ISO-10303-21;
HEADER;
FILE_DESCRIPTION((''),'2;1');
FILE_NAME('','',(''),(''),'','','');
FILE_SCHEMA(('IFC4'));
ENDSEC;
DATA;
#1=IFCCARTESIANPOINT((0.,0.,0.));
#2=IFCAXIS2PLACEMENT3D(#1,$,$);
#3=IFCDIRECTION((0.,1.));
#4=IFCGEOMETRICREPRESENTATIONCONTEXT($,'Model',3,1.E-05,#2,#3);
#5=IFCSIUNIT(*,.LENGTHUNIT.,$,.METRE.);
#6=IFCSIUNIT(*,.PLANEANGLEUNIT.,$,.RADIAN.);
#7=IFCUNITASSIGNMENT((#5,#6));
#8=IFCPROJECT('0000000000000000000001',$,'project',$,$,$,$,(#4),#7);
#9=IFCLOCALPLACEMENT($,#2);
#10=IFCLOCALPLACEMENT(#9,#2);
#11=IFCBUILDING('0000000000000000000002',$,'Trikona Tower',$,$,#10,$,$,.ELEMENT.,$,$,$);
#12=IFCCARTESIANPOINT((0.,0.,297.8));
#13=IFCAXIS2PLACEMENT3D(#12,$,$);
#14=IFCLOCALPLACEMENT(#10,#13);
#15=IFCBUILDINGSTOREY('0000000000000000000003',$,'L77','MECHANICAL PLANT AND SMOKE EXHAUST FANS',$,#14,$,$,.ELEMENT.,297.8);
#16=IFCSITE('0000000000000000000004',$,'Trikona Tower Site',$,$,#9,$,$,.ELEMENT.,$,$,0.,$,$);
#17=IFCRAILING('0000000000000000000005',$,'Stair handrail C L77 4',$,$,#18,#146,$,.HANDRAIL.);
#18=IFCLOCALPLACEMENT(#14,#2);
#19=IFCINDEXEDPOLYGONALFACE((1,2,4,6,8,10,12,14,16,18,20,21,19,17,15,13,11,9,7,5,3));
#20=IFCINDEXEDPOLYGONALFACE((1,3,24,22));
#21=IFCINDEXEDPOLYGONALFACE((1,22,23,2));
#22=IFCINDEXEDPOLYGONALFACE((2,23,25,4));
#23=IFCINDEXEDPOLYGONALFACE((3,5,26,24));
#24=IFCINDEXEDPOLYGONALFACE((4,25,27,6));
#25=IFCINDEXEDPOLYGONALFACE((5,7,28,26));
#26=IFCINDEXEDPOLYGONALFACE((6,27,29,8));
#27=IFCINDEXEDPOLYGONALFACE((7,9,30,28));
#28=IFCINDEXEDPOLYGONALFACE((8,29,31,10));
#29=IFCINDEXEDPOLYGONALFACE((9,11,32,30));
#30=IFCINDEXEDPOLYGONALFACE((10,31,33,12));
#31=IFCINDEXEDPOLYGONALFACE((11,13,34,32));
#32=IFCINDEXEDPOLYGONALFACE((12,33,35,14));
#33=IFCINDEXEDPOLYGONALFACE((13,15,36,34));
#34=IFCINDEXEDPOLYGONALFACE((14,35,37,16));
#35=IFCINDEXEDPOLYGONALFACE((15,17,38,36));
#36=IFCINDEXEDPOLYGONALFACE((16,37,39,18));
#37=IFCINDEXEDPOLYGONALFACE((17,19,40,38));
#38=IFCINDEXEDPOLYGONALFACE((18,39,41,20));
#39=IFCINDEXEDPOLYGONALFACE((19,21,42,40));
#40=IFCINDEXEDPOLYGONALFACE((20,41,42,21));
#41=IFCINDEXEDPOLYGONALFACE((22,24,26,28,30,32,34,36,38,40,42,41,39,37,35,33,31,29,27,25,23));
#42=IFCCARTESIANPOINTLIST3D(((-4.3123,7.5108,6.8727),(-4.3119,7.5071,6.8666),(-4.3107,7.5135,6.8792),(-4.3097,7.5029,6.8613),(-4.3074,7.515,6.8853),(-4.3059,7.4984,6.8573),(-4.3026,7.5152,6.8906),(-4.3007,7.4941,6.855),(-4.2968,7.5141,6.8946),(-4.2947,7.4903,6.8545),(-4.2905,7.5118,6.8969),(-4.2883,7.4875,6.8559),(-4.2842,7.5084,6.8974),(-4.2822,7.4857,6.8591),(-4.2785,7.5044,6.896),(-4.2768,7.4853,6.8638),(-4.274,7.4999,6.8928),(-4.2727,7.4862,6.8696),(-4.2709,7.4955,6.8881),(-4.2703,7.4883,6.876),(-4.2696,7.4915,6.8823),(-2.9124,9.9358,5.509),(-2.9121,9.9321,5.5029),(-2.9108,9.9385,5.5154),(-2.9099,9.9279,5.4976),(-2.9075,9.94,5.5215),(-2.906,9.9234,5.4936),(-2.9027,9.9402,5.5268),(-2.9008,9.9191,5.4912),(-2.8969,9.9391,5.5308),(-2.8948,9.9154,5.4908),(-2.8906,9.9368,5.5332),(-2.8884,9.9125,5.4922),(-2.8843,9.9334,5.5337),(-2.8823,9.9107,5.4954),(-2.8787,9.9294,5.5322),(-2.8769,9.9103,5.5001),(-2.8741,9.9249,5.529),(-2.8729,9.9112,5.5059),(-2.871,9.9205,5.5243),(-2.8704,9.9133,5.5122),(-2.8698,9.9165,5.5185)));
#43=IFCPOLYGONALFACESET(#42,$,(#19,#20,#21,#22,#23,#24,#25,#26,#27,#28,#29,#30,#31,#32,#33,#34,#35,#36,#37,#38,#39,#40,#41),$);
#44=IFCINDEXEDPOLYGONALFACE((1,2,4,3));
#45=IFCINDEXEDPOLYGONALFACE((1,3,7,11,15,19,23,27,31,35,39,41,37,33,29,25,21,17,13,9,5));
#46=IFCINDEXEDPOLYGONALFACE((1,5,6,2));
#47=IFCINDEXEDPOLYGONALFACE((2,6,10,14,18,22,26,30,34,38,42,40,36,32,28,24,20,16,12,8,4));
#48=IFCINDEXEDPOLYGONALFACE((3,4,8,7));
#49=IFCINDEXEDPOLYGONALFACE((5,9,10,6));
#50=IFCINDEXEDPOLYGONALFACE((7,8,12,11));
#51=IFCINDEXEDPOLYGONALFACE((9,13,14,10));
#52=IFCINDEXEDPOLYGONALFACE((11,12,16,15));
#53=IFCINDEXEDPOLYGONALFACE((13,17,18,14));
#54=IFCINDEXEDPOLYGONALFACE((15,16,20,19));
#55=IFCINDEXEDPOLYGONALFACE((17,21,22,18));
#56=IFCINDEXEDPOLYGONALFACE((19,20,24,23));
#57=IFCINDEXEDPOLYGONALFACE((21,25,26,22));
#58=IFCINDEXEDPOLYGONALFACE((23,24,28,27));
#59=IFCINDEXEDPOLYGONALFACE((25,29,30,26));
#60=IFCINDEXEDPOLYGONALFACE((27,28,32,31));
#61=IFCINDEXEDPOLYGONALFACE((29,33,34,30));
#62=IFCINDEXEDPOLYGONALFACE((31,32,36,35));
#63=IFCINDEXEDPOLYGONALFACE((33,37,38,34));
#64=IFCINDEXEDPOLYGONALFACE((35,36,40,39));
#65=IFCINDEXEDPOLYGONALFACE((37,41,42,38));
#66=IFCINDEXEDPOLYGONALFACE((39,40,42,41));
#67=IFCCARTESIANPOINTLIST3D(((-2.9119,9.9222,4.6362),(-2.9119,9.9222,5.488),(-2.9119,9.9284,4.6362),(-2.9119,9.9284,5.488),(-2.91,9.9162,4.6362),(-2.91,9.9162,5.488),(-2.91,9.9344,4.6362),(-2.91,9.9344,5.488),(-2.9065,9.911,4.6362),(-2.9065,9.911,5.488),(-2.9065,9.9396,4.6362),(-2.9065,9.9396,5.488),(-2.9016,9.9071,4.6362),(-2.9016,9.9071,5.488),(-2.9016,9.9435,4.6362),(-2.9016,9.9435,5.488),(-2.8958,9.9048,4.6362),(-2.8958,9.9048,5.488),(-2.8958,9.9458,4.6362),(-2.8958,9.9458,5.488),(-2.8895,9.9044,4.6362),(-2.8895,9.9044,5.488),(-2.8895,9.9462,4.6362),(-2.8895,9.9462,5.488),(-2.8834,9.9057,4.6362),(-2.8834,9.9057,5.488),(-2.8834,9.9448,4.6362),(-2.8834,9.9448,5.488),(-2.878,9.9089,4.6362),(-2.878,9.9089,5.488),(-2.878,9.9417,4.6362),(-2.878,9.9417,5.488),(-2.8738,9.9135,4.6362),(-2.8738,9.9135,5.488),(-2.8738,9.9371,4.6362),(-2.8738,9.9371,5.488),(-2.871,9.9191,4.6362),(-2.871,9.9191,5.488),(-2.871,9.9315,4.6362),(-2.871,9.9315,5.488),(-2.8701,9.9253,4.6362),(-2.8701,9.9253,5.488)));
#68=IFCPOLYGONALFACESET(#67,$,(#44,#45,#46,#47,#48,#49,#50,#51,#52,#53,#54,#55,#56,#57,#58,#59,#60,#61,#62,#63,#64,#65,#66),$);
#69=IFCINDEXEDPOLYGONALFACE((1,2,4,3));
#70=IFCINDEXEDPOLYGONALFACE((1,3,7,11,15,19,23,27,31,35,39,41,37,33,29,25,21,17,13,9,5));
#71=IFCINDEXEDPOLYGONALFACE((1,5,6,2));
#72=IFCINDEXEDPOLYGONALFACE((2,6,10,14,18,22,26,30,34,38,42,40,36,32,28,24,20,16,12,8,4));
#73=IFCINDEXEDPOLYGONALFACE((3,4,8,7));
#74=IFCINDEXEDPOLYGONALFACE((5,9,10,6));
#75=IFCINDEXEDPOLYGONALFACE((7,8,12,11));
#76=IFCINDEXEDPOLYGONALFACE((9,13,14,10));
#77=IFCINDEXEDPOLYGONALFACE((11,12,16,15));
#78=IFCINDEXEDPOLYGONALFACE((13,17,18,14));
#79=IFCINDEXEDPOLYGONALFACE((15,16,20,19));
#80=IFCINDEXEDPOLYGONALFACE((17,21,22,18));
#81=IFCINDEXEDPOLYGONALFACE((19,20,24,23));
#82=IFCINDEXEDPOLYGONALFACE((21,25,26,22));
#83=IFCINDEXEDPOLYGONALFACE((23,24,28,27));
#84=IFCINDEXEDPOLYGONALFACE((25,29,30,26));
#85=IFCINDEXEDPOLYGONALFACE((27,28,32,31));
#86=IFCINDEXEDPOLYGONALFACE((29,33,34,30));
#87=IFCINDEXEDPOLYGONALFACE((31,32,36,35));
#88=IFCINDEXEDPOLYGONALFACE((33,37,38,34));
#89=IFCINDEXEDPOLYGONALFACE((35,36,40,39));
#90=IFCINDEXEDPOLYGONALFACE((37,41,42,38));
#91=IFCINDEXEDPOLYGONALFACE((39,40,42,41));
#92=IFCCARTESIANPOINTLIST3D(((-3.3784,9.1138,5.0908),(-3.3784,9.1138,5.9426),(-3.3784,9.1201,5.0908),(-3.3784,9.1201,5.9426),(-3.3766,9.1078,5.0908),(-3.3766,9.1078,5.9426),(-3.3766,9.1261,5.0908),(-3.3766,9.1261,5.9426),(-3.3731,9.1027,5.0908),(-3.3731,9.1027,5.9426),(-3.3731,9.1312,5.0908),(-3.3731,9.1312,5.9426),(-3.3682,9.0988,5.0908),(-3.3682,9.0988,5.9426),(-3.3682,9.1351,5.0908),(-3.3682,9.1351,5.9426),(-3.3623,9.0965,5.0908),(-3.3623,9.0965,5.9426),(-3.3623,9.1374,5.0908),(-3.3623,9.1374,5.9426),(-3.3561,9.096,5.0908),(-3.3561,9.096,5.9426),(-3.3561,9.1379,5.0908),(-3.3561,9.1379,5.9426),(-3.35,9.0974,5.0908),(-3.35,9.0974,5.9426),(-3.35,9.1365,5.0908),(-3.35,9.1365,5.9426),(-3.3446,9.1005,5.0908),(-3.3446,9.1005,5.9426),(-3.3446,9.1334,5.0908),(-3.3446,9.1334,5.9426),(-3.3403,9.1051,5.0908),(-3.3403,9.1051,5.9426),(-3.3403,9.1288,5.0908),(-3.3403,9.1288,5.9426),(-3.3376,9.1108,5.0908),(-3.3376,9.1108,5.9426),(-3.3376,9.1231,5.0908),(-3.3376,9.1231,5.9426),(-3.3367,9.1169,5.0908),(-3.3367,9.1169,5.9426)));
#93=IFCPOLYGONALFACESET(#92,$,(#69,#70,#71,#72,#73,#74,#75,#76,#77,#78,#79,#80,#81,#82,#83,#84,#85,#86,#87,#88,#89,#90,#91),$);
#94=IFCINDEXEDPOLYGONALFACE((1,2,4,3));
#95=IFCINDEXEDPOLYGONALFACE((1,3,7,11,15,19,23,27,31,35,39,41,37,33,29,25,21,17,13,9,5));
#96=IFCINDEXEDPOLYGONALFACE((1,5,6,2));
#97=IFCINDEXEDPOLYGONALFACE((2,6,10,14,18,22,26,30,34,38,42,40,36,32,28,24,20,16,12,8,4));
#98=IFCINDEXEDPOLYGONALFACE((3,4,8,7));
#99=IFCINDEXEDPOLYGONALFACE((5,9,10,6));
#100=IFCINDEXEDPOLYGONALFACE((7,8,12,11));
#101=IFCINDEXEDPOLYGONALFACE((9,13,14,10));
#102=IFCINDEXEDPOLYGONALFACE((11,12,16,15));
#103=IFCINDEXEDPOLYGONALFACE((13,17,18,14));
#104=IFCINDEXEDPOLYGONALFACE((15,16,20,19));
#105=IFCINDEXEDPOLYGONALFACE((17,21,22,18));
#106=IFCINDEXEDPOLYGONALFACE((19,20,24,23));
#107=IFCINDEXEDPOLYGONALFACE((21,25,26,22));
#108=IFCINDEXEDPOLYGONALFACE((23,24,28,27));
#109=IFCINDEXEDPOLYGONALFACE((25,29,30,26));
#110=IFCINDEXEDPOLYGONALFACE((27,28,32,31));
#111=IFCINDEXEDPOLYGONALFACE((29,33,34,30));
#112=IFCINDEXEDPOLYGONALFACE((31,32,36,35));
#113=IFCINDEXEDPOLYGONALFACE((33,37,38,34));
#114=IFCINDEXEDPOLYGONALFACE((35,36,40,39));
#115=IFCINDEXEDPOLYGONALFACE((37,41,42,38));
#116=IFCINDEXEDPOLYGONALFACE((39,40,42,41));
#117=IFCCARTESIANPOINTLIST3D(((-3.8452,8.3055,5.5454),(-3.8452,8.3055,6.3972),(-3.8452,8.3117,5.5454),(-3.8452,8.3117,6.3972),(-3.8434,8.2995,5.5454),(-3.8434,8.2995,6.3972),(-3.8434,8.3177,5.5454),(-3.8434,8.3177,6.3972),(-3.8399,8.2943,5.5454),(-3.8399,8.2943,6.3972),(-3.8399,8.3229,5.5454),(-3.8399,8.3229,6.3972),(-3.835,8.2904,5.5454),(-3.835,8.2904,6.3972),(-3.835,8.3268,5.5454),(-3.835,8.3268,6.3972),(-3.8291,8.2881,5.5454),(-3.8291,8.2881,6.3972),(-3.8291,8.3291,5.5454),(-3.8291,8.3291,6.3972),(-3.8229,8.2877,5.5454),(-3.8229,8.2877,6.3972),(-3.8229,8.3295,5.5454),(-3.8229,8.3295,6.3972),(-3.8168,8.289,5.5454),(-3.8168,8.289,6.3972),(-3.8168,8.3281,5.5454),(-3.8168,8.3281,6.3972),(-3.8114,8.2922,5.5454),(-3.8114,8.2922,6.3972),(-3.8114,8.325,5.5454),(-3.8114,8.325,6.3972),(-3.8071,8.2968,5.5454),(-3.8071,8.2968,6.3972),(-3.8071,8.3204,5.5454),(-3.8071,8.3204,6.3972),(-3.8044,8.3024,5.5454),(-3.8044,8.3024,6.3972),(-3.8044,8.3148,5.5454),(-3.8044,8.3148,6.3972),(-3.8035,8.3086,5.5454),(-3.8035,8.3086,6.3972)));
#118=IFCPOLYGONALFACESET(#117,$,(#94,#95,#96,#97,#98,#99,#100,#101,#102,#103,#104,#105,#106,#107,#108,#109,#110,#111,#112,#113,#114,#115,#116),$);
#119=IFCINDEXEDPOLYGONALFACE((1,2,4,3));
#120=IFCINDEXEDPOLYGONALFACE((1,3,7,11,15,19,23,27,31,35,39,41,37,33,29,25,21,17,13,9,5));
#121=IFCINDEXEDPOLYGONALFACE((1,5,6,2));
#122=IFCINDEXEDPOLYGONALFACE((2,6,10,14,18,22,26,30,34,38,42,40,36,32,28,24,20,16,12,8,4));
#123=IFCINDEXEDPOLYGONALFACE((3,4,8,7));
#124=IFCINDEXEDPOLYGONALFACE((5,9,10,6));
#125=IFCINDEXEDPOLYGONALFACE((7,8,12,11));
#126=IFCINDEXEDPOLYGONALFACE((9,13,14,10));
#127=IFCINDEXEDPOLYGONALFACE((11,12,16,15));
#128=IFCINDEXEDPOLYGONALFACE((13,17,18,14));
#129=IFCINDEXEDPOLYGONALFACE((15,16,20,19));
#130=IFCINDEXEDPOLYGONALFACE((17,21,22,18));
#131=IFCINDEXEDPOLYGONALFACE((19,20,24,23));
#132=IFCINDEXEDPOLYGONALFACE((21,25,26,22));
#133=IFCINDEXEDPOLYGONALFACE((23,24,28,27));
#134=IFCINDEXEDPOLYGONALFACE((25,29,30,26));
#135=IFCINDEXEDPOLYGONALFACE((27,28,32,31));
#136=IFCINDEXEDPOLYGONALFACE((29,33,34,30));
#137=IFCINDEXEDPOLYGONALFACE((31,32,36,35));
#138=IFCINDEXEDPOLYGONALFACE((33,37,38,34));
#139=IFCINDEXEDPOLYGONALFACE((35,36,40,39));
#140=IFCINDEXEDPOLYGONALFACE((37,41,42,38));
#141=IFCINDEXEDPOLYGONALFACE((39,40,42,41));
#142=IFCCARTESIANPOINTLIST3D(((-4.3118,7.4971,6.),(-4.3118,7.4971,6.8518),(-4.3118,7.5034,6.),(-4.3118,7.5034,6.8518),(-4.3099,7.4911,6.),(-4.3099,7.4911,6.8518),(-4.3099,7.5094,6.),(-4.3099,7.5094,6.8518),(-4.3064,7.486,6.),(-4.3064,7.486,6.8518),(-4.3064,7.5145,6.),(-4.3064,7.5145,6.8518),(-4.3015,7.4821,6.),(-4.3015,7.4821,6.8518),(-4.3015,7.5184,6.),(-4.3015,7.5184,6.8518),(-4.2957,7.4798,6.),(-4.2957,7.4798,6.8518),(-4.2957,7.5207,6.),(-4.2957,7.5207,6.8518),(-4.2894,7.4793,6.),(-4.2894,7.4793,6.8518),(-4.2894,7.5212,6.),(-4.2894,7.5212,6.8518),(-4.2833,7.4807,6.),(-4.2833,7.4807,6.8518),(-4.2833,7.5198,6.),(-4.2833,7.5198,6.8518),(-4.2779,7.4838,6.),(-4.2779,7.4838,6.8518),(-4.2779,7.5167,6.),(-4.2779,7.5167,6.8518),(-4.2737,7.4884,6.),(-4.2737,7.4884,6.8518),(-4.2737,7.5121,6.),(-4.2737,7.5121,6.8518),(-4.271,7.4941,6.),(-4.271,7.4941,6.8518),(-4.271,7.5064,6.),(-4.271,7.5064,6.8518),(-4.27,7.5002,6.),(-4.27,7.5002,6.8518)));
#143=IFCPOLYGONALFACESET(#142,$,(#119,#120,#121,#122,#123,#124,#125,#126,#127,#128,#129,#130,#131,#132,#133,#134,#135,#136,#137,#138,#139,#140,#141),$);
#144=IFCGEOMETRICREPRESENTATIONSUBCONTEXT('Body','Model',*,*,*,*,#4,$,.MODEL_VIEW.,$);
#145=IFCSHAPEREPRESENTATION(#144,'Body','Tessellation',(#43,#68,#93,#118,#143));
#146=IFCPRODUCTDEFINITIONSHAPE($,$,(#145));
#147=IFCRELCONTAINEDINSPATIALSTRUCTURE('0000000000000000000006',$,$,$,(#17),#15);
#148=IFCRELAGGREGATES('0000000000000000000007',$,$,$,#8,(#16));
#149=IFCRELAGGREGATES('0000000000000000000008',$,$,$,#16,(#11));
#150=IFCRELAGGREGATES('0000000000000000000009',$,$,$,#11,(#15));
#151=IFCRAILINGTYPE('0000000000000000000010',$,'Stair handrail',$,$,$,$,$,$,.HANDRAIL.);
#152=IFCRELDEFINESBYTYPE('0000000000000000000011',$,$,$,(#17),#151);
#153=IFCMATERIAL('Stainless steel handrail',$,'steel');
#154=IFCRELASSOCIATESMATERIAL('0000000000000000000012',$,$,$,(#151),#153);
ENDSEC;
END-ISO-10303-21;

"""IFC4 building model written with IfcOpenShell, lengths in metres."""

from ifc_helpers import new_model, si_unit, direction, frame, origin, origin_2d, place, context, subcontext, project, spatial, circle, extrude, material, type_object, element, save


model = new_model("IFC4")

# Units and contexts
model_context = context("Model", 3, precision=1e-05, world=origin(), true_north=direction((0.0, 1.0)))
body_context = subcontext(model_context, "Body", "Model", "MODEL_VIEW")
ifc_project = project(units=[si_unit("LENGTHUNIT", "METRE"), si_unit("PLANEANGLEUNIT", "RADIAN")], contexts=[model_context])

# Site, building, storey
site_placement = place(None, origin())
site = spatial("IfcSite", under=ifc_project, at=site_placement, Name="Trikona Tower Site", CompositionType="ELEMENT", RefElevation=0.0)
building_placement = place(site_placement, origin())
building = spatial("IfcBuilding", under=site, at=building_placement, Name="Trikona Tower", CompositionType="ELEMENT")
storey_placement = place(building_placement, frame((0.0, 0.0, 297.8)))
storey = spatial("IfcBuildingStorey", under=building, at=storey_placement, Name="L77", Description="MECHANICAL PLANT AND SMOKE EXHAUST FANS", CompositionType="ELEMENT", Elevation=297.8)

# Railing
ifc_material_1 = material(Name="Stainless steel handrail", Category="steel")
railing_type = type_object("IfcRailingType", Name="Stair handrail", PredefinedType="HANDRAIL", material=ifc_material_1)
for number, where, name in (
    (1, (-2.8911, 9.9253, 4.6362), "Stair handrail C L77 4"),
):
    element("IfcRailing", number, at=place(storey_placement, frame(where)), inside=storey, type_object=railing_type, Name=name, PredefinedType="HANDRAIL", context=body_context, shape_type="SweptSolid", body=[
        extrude(circle(Radius=0.0239, at=origin_2d()), frame((0.0, 0.0, 0.876), z_axis=(-0.449471, -0.778618, 0.43787), x_axis=(0.866056, -0.499946, 0.0)), (0.0, 0.0, 1.0), 3.1145),
        extrude(circle(Radius=0.021, at=origin_2d()), origin(), (0.0, 0.0, 1.0), 0.8518),
        extrude(circle(Radius=0.021, at=origin_2d()), frame((-0.4666, -0.8083, 0.4546)), (0.0, 0.0, 1.0), 0.8518),
        extrude(circle(Radius=0.021, at=origin_2d()), frame((-0.9333, -1.6167, 0.9092)), (0.0, 0.0, 1.0), 0.8518),
        extrude(circle(Radius=0.021, at=origin_2d()), frame((-1.3999, -2.425, 1.3638)), (0.0, 0.0, 1.0), 0.8518),
    ])

save(model, "model.ifc")
